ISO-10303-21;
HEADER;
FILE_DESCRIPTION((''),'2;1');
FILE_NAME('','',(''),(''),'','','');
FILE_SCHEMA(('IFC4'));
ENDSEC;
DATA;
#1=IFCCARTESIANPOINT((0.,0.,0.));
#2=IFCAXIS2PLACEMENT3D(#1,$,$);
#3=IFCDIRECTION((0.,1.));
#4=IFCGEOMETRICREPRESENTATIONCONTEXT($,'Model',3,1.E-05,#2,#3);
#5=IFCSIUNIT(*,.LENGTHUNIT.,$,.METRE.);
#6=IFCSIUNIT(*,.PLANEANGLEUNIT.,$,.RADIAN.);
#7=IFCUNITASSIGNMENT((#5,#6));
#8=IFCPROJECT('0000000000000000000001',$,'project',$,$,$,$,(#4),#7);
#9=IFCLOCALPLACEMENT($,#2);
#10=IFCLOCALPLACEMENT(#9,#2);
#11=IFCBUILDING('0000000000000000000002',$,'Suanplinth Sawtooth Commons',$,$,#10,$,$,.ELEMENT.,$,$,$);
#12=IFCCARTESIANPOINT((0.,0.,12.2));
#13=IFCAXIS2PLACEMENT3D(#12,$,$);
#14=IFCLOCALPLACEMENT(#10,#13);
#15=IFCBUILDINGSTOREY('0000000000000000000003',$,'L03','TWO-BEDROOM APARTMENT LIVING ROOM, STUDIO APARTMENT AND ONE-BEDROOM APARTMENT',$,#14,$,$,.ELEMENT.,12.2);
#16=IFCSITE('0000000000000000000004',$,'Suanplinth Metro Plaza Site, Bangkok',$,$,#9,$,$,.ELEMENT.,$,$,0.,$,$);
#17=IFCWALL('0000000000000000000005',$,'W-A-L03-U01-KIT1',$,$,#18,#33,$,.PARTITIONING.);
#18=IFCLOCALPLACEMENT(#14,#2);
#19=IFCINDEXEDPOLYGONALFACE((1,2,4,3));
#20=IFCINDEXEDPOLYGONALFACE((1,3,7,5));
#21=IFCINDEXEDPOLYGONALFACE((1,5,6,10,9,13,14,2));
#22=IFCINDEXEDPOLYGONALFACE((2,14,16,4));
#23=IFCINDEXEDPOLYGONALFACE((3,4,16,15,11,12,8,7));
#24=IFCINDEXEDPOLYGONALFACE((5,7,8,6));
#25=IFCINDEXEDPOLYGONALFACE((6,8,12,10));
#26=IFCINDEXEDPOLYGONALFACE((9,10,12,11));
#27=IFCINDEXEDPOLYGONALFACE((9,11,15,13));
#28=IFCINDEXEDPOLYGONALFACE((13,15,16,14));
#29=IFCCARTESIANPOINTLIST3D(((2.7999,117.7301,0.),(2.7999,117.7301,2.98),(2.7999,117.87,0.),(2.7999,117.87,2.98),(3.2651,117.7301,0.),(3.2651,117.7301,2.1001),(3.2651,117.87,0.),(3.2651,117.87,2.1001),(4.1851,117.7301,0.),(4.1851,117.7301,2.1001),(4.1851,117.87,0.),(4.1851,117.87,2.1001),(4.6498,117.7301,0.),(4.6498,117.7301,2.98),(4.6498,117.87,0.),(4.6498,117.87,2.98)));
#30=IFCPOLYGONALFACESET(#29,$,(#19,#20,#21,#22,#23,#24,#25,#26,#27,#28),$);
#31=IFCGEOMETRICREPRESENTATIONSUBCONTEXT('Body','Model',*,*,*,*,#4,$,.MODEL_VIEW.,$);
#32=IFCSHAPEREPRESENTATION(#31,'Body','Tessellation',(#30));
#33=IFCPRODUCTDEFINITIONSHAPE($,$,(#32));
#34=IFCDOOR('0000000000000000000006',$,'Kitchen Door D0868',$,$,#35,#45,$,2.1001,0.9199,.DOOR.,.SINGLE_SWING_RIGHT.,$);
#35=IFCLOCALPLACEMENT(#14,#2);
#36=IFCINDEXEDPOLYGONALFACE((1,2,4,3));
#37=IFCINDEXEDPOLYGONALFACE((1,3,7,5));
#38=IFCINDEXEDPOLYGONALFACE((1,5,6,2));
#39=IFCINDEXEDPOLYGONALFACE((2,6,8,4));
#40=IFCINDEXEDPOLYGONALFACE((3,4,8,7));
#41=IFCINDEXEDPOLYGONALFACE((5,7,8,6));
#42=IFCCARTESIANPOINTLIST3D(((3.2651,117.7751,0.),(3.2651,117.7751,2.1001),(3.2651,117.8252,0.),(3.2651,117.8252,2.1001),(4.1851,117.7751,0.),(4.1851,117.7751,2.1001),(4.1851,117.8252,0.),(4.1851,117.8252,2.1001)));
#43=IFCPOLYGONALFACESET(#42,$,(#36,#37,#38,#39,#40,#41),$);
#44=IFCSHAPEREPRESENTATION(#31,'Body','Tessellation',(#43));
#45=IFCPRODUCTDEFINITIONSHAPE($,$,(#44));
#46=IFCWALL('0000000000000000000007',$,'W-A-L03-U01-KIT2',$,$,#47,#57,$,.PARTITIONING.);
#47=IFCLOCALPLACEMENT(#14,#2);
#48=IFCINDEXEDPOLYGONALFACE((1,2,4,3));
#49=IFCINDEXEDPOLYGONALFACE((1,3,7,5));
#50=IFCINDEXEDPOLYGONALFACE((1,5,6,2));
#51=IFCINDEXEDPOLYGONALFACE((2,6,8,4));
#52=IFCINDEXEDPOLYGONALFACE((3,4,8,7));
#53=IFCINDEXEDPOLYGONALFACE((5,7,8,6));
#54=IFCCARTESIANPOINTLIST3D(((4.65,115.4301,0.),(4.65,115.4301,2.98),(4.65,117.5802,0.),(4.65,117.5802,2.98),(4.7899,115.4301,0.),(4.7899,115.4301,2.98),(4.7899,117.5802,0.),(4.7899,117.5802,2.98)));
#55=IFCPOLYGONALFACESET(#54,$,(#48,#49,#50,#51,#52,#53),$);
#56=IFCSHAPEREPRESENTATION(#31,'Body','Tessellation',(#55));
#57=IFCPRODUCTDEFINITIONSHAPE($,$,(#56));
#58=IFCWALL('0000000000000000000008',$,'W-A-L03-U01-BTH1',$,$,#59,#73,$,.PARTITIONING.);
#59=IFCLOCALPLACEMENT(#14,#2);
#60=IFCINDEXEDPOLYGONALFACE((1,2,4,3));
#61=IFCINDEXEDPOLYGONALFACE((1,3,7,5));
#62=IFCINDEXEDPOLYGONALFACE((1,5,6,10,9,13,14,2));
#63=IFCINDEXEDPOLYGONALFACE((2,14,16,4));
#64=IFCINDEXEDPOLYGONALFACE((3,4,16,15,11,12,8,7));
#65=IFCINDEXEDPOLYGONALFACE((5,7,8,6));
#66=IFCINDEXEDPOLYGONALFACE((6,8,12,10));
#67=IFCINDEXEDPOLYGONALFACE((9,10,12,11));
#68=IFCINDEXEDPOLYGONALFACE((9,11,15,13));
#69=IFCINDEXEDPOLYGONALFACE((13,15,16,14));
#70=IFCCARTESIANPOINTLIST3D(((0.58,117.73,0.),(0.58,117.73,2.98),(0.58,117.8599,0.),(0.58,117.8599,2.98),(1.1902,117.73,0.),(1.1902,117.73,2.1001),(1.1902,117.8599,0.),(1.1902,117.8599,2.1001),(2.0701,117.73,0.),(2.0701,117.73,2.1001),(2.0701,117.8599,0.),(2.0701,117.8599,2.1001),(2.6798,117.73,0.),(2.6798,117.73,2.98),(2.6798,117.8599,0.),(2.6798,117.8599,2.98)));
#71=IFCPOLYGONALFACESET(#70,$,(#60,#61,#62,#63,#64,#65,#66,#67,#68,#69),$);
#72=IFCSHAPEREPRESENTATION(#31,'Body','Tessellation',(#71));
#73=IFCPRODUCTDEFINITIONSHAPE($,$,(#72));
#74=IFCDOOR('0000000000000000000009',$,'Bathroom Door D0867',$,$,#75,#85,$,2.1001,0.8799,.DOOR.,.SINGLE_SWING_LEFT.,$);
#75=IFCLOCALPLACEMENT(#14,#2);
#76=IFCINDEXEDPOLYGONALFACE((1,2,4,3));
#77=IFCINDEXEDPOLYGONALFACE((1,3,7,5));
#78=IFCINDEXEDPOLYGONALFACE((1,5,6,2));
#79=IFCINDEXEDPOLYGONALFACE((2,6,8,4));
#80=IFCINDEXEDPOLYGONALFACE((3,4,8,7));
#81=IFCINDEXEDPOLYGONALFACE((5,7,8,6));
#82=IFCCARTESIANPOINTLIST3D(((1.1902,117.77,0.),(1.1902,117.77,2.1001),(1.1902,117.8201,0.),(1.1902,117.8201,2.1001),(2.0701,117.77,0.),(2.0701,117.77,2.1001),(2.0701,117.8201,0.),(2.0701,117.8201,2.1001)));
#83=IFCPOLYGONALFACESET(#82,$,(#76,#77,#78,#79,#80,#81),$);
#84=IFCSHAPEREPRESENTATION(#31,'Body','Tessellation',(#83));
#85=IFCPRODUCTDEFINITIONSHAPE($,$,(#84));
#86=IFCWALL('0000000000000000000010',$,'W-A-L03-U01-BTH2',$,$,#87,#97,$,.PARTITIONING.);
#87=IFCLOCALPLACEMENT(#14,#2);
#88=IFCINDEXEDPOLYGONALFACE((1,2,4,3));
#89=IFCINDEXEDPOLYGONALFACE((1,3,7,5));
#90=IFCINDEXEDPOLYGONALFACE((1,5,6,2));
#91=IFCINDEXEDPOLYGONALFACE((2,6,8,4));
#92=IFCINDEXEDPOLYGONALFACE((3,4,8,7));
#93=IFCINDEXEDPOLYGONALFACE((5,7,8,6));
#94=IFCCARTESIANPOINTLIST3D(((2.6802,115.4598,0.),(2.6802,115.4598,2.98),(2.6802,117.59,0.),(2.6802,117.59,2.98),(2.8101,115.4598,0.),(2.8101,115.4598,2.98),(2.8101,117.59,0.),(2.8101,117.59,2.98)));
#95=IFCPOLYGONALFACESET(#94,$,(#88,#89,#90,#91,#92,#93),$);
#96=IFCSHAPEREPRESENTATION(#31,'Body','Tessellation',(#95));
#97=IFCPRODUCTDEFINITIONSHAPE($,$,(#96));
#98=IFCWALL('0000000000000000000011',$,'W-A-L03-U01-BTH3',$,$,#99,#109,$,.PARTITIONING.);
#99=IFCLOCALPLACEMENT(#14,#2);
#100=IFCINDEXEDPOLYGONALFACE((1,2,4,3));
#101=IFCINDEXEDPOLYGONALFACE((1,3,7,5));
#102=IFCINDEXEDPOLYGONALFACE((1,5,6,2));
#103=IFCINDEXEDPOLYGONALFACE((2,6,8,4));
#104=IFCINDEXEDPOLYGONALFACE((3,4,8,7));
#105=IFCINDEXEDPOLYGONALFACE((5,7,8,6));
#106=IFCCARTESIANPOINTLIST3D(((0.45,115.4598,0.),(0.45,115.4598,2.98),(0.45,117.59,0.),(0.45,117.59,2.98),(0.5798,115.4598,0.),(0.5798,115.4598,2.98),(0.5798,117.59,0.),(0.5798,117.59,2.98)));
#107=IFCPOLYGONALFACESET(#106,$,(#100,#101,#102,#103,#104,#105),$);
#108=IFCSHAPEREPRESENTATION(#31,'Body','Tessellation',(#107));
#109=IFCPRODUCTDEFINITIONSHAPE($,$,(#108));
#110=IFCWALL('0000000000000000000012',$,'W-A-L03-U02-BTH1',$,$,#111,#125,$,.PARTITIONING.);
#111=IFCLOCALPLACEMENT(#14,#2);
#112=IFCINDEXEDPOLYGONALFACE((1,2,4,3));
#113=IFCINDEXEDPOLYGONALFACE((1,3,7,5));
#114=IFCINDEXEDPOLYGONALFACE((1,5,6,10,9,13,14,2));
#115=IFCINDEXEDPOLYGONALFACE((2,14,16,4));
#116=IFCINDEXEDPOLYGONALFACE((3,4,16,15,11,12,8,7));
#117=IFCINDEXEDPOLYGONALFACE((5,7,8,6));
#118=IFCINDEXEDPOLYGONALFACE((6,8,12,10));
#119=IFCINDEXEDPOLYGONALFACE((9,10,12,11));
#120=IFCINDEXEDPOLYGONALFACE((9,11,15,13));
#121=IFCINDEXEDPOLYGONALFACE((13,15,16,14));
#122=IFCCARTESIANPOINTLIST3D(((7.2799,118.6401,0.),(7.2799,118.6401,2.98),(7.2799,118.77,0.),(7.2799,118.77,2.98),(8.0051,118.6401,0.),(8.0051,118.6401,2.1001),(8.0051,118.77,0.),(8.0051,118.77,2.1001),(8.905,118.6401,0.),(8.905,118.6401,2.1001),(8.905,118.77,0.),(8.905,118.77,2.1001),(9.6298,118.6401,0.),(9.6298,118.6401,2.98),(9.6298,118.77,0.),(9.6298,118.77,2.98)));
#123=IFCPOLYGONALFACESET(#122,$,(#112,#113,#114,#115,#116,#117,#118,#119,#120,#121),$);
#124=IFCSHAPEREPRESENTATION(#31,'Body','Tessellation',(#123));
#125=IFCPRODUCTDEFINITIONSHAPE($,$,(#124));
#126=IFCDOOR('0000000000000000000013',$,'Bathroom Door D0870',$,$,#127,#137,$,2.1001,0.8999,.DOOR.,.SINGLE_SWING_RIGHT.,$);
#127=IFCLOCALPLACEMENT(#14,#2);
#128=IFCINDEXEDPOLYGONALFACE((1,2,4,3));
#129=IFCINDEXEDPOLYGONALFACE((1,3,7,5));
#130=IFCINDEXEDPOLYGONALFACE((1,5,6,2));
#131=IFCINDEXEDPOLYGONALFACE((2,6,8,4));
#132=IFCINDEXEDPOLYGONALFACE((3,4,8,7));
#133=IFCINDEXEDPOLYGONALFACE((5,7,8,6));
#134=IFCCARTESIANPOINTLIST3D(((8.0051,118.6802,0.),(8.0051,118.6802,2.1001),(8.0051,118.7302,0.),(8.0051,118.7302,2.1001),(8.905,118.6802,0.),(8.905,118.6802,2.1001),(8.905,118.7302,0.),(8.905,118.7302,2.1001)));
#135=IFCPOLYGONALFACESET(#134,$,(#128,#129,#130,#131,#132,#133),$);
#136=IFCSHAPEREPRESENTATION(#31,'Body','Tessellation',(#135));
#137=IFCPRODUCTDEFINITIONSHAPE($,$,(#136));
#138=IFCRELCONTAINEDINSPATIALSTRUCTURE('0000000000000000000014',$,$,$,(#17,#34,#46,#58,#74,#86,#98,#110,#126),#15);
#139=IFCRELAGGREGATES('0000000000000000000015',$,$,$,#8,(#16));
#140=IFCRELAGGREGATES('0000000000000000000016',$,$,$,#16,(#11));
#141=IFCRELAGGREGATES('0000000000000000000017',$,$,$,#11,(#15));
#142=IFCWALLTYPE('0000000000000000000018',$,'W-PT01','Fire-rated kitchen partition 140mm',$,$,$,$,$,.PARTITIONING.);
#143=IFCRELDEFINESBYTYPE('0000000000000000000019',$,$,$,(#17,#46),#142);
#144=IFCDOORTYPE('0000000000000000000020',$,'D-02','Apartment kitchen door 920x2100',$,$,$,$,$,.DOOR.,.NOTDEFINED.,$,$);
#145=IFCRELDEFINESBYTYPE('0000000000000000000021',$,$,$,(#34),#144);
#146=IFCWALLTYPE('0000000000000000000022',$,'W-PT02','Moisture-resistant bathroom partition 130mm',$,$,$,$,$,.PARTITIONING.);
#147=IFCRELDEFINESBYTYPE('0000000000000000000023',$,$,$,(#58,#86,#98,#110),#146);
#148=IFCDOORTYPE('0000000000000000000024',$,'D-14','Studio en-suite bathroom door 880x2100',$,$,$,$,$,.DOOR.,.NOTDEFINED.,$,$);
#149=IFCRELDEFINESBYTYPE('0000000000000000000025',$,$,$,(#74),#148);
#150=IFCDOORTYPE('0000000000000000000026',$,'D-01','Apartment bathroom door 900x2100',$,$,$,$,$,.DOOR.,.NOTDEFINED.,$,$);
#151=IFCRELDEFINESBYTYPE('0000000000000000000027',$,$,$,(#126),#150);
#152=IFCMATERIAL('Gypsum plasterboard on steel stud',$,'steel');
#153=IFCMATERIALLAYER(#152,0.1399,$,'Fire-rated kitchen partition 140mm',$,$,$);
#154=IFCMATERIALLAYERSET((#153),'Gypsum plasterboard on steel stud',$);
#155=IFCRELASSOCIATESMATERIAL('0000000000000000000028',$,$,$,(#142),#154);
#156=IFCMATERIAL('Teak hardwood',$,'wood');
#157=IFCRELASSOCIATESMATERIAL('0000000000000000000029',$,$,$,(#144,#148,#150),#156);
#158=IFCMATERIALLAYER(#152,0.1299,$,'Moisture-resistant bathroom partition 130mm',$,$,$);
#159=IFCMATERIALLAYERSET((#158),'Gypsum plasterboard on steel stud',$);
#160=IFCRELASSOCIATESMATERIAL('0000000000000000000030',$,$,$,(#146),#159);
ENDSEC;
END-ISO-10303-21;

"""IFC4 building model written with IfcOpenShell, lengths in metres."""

from ifc_helpers import new_model, si_unit, direction, frame, frame_2d, origin, place, context, subcontext, project, spatial, rectangle, extrude, material, layer, layer_set, type_object, element, fill, save


model = new_model("IFC4")

# Units and contexts
model_context = context("Model", 3, precision=1e-05, world=origin(), true_north=direction((0.0, 1.0)))
body_context = subcontext(model_context, "Body", "Model", "MODEL_VIEW")
ifc_project = project(units=[si_unit("LENGTHUNIT", "METRE"), si_unit("PLANEANGLEUNIT", "RADIAN")], contexts=[model_context])

# Site, building, storey
site_placement = place(None, origin())
site = spatial("IfcSite", under=ifc_project, at=site_placement, Name="Suanplinth Metro Plaza Site, Bangkok", CompositionType="ELEMENT", RefElevation=0.0)
building_placement = place(site_placement, origin())
building = spatial("IfcBuilding", under=site, at=building_placement, Name="Suanplinth Sawtooth Commons", CompositionType="ELEMENT")
storey_placement = place(building_placement, frame((0.0, 0.0, 12.2)))
storey = spatial("IfcBuildingStorey", under=building, at=storey_placement, Name="L03", Description="TWO-BEDROOM APARTMENT LIVING ROOM, STUDIO APARTMENT AND ONE-BEDROOM APARTMENT", CompositionType="ELEMENT", Elevation=12.2)

# Wall, opening, door
ifc_material_1 = material(Name="Gypsum plasterboard on steel stud", Category="steel")
ifc_layer_1 = layer(ifc_material_1, 0.1399, Name="Fire-rated kitchen partition 140mm")
ifc_layer_set_1 = layer_set([ifc_layer_1], Name="Gypsum plasterboard on steel stud")
wall_type_1 = type_object("IfcWallType", Name="W-PT01", Description="Fire-rated kitchen partition 140mm", PredefinedType="PARTITIONING", material=ifc_layer_set_1)
wall_1_placement = place(storey_placement, frame((2.8, 117.8, 0.0), z_axis=(0.0, 0.0, 1.0), x_axis=(1.0, 0.0, 0.0)))
wall_1 = element("IfcWall", 1, at=wall_1_placement, inside=storey, type_object=wall_type_1, Name="W-A-L03-U01-KIT1", PredefinedType="PARTITIONING", context=body_context, shape_type="SweptSolid", body=[
    extrude(rectangle(XDim=1.8499, YDim=0.1399, at=frame_2d((0.9248, 0.0))), origin(), (0.0, 0.0, 1.0), 2.98),
])
opening_1_placement = place(wall_1_placement, frame((0.4651, 0.0, 0.0)))
opening_1 = element("IfcOpeningElement", 2, at=opening_1_placement, cuts=wall_1, PredefinedType="OPENING", context=body_context, shape_type="SweptSolid", body=[
    extrude(rectangle(XDim=0.9199, YDim=2.1001, at=frame_2d((0.46, 1.05))), frame((0.0, 0.085, 0.0), z_axis=(0.0, -1.0, 0.0), x_axis=(1.0, 0.0, 0.0)), (0.0, 0.0, 1.0), 0.1697),
])
ifc_material_2 = material(Name="Teak hardwood", Category="wood")
door_type_1 = type_object("IfcDoorType", Name="D-02", Description="Apartment kitchen door 920x2100", OperationType="NOTDEFINED", PredefinedType="DOOR", material=ifc_material_2)
door_1_placement = place(opening_1_placement, frame((0.9199, 0.0, 0.0), z_axis=(0.0, 0.0, 1.0), x_axis=(-1.0, 0.0, 0.0)))
door_1 = element("IfcDoor", 3, at=door_1_placement, inside=storey, type_object=door_type_1, Name="Kitchen Door D0868", OperationType="SINGLE_SWING_RIGHT", OverallHeight=2.1001, OverallWidth=0.9199, PredefinedType="DOOR", context=body_context, shape_type="SweptSolid", body=[
    extrude(rectangle(XDim=0.9199, YDim=2.1001, at=frame_2d((0.46, 1.05))), frame((0.0, 0.0249, 0.0), z_axis=(0.0, -1.0, 0.0), x_axis=(1.0, 0.0, 0.0)), (0.0, 0.0, 1.0), 0.05),
])
fill(opening_1, door_1)

# Wall
wall_2_placement = place(storey_placement, frame((4.72, 115.4299, 0.0), z_axis=(0.0, 0.0, 1.0), x_axis=(0.0, 1.0, 0.0)))
element("IfcWall", 4, at=wall_2_placement, inside=storey, type_object=wall_type_1, Name="W-A-L03-U01-KIT2", PredefinedType="PARTITIONING", context=body_context, shape_type="SweptSolid", body=[
    extrude(rectangle(XDim=2.1501, YDim=0.1399, at=frame_2d((1.0752, 0.0))), origin(), (0.0, 0.0, 1.0), 2.98),
])

# Wall, opening, door
ifc_layer_2 = layer(ifc_material_1, 0.1299, Name="Moisture-resistant bathroom partition 130mm")
ifc_layer_set_2 = layer_set([ifc_layer_2], Name="Gypsum plasterboard on steel stud")
wall_type_2 = type_object("IfcWallType", Name="W-PT02", Description="Moisture-resistant bathroom partition 130mm", PredefinedType="PARTITIONING", material=ifc_layer_set_2)
wall_3_placement = place(storey_placement, frame((0.5801, 117.7949, 0.0), z_axis=(0.0, 0.0, 1.0), x_axis=(1.0, 0.0, 0.0)))
wall_3 = element("IfcWall", 5, at=wall_3_placement, inside=storey, type_object=wall_type_2, Name="W-A-L03-U01-BTH1", PredefinedType="PARTITIONING", context=body_context, shape_type="SweptSolid", body=[
    extrude(rectangle(XDim=2.0999, YDim=0.1299, at=frame_2d((1.0498, 0.0))), origin(), (0.0, 0.0, 1.0), 2.98),
])
opening_2_placement = place(wall_3_placement, frame((0.6101, 0.0, 0.0)))
opening_2 = element("IfcOpeningElement", 6, at=opening_2_placement, cuts=wall_3, PredefinedType="OPENING", context=body_context, shape_type="SweptSolid", body=[
    extrude(rectangle(XDim=0.8799, YDim=2.1001, at=frame_2d((0.4399, 1.05))), frame((0.0, 0.0798, 0.0), z_axis=(0.0, -1.0, 0.0), x_axis=(1.0, 0.0, 0.0)), (0.0, 0.0, 1.0), 0.1597),
])
door_type_2 = type_object("IfcDoorType", Name="D-14", Description="Studio en-suite bathroom door 880x2100", OperationType="NOTDEFINED", PredefinedType="DOOR", material=ifc_material_2)
door_2_placement = place(opening_2_placement, frame((0.8799, 0.0, 0.0), z_axis=(0.0, 0.0, 1.0), x_axis=(-1.0, 0.0, 0.0)))
door_2 = element("IfcDoor", 7, at=door_2_placement, inside=storey, type_object=door_type_2, Name="Bathroom Door D0867", OperationType="SINGLE_SWING_LEFT", OverallHeight=2.1001, OverallWidth=0.8799, PredefinedType="DOOR", context=body_context, shape_type="SweptSolid", body=[
    extrude(rectangle(XDim=0.8799, YDim=2.1001, at=frame_2d((0.4399, 1.05))), frame((0.0, 0.0249, 0.0), z_axis=(0.0, -1.0, 0.0), x_axis=(1.0, 0.0, 0.0)), (0.0, 0.0, 1.0), 0.05),
])
fill(opening_2, door_2)

# Walls
for number, where, z_axis, x_axis, name in (
    (8, (2.7451, 115.46, 0.0), (0.0, 0.0, 1.0), (0.0, 1.0, 0.0), "W-A-L03-U01-BTH2"),
    (9, (0.5149, 115.46, 0.0), (0.0, 0.0, 1.0), (0.0, 1.0, 0.0), "W-A-L03-U01-BTH3"),
):
    element("IfcWall", number, at=place(storey_placement, frame(where, z_axis=z_axis, x_axis=x_axis)), inside=storey, type_object=wall_type_2, Name=name, PredefinedType="PARTITIONING", context=body_context, shape_type="SweptSolid", body=[
        extrude(rectangle(XDim=2.1301, YDim=0.1299, at=frame_2d((1.0649, 0.0))), origin(), (0.0, 0.0, 1.0), 2.98),
    ])

# Wall, opening, door
wall_4_placement = place(storey_placement, frame((7.28, 118.7051, 0.0), z_axis=(0.0, 0.0, 1.0), x_axis=(1.0, 0.0, 0.0)))
wall_4 = element("IfcWall", 10, at=wall_4_placement, inside=storey, type_object=wall_type_2, Name="W-A-L03-U02-BTH1", PredefinedType="PARTITIONING", context=body_context, shape_type="SweptSolid", body=[
    extrude(rectangle(XDim=2.3499, YDim=0.1299, at=frame_2d((1.1748, 0.0))), origin(), (0.0, 0.0, 1.0), 2.98),
])
opening_3_placement = place(wall_4_placement, frame((0.7251, 0.0, 0.0)))
opening_3 = element("IfcOpeningElement", 11, at=opening_3_placement, cuts=wall_4, PredefinedType="OPENING", context=body_context, shape_type="SweptSolid", body=[
    extrude(rectangle(XDim=0.8999, YDim=2.1001, at=frame_2d((0.45, 1.05))), frame((0.0, 0.0798, 0.0), z_axis=(0.0, -1.0, 0.0), x_axis=(1.0, 0.0, 0.0)), (0.0, 0.0, 1.0), 0.1597),
])
door_type_3 = type_object("IfcDoorType", Name="D-01", Description="Apartment bathroom door 900x2100", OperationType="NOTDEFINED", PredefinedType="DOOR", material=ifc_material_2)
door_3_placement = place(opening_3_placement, frame((0.8999, 0.0, 0.0), z_axis=(0.0, 0.0, 1.0), x_axis=(-1.0, 0.0, 0.0)))
door_3 = element("IfcDoor", 12, at=door_3_placement, inside=storey, type_object=door_type_3, Name="Bathroom Door D0870", OperationType="SINGLE_SWING_RIGHT", OverallHeight=2.1001, OverallWidth=0.8999, PredefinedType="DOOR", context=body_context, shape_type="SweptSolid", body=[
    extrude(rectangle(XDim=0.8999, YDim=2.1001, at=frame_2d((0.45, 1.05))), frame((0.0, 0.0249, 0.0), z_axis=(0.0, -1.0, 0.0), x_axis=(1.0, 0.0, 0.0)), (0.0, 0.0, 1.0), 0.05),
])
fill(opening_3, door_3)

save(model, "model.ifc")
